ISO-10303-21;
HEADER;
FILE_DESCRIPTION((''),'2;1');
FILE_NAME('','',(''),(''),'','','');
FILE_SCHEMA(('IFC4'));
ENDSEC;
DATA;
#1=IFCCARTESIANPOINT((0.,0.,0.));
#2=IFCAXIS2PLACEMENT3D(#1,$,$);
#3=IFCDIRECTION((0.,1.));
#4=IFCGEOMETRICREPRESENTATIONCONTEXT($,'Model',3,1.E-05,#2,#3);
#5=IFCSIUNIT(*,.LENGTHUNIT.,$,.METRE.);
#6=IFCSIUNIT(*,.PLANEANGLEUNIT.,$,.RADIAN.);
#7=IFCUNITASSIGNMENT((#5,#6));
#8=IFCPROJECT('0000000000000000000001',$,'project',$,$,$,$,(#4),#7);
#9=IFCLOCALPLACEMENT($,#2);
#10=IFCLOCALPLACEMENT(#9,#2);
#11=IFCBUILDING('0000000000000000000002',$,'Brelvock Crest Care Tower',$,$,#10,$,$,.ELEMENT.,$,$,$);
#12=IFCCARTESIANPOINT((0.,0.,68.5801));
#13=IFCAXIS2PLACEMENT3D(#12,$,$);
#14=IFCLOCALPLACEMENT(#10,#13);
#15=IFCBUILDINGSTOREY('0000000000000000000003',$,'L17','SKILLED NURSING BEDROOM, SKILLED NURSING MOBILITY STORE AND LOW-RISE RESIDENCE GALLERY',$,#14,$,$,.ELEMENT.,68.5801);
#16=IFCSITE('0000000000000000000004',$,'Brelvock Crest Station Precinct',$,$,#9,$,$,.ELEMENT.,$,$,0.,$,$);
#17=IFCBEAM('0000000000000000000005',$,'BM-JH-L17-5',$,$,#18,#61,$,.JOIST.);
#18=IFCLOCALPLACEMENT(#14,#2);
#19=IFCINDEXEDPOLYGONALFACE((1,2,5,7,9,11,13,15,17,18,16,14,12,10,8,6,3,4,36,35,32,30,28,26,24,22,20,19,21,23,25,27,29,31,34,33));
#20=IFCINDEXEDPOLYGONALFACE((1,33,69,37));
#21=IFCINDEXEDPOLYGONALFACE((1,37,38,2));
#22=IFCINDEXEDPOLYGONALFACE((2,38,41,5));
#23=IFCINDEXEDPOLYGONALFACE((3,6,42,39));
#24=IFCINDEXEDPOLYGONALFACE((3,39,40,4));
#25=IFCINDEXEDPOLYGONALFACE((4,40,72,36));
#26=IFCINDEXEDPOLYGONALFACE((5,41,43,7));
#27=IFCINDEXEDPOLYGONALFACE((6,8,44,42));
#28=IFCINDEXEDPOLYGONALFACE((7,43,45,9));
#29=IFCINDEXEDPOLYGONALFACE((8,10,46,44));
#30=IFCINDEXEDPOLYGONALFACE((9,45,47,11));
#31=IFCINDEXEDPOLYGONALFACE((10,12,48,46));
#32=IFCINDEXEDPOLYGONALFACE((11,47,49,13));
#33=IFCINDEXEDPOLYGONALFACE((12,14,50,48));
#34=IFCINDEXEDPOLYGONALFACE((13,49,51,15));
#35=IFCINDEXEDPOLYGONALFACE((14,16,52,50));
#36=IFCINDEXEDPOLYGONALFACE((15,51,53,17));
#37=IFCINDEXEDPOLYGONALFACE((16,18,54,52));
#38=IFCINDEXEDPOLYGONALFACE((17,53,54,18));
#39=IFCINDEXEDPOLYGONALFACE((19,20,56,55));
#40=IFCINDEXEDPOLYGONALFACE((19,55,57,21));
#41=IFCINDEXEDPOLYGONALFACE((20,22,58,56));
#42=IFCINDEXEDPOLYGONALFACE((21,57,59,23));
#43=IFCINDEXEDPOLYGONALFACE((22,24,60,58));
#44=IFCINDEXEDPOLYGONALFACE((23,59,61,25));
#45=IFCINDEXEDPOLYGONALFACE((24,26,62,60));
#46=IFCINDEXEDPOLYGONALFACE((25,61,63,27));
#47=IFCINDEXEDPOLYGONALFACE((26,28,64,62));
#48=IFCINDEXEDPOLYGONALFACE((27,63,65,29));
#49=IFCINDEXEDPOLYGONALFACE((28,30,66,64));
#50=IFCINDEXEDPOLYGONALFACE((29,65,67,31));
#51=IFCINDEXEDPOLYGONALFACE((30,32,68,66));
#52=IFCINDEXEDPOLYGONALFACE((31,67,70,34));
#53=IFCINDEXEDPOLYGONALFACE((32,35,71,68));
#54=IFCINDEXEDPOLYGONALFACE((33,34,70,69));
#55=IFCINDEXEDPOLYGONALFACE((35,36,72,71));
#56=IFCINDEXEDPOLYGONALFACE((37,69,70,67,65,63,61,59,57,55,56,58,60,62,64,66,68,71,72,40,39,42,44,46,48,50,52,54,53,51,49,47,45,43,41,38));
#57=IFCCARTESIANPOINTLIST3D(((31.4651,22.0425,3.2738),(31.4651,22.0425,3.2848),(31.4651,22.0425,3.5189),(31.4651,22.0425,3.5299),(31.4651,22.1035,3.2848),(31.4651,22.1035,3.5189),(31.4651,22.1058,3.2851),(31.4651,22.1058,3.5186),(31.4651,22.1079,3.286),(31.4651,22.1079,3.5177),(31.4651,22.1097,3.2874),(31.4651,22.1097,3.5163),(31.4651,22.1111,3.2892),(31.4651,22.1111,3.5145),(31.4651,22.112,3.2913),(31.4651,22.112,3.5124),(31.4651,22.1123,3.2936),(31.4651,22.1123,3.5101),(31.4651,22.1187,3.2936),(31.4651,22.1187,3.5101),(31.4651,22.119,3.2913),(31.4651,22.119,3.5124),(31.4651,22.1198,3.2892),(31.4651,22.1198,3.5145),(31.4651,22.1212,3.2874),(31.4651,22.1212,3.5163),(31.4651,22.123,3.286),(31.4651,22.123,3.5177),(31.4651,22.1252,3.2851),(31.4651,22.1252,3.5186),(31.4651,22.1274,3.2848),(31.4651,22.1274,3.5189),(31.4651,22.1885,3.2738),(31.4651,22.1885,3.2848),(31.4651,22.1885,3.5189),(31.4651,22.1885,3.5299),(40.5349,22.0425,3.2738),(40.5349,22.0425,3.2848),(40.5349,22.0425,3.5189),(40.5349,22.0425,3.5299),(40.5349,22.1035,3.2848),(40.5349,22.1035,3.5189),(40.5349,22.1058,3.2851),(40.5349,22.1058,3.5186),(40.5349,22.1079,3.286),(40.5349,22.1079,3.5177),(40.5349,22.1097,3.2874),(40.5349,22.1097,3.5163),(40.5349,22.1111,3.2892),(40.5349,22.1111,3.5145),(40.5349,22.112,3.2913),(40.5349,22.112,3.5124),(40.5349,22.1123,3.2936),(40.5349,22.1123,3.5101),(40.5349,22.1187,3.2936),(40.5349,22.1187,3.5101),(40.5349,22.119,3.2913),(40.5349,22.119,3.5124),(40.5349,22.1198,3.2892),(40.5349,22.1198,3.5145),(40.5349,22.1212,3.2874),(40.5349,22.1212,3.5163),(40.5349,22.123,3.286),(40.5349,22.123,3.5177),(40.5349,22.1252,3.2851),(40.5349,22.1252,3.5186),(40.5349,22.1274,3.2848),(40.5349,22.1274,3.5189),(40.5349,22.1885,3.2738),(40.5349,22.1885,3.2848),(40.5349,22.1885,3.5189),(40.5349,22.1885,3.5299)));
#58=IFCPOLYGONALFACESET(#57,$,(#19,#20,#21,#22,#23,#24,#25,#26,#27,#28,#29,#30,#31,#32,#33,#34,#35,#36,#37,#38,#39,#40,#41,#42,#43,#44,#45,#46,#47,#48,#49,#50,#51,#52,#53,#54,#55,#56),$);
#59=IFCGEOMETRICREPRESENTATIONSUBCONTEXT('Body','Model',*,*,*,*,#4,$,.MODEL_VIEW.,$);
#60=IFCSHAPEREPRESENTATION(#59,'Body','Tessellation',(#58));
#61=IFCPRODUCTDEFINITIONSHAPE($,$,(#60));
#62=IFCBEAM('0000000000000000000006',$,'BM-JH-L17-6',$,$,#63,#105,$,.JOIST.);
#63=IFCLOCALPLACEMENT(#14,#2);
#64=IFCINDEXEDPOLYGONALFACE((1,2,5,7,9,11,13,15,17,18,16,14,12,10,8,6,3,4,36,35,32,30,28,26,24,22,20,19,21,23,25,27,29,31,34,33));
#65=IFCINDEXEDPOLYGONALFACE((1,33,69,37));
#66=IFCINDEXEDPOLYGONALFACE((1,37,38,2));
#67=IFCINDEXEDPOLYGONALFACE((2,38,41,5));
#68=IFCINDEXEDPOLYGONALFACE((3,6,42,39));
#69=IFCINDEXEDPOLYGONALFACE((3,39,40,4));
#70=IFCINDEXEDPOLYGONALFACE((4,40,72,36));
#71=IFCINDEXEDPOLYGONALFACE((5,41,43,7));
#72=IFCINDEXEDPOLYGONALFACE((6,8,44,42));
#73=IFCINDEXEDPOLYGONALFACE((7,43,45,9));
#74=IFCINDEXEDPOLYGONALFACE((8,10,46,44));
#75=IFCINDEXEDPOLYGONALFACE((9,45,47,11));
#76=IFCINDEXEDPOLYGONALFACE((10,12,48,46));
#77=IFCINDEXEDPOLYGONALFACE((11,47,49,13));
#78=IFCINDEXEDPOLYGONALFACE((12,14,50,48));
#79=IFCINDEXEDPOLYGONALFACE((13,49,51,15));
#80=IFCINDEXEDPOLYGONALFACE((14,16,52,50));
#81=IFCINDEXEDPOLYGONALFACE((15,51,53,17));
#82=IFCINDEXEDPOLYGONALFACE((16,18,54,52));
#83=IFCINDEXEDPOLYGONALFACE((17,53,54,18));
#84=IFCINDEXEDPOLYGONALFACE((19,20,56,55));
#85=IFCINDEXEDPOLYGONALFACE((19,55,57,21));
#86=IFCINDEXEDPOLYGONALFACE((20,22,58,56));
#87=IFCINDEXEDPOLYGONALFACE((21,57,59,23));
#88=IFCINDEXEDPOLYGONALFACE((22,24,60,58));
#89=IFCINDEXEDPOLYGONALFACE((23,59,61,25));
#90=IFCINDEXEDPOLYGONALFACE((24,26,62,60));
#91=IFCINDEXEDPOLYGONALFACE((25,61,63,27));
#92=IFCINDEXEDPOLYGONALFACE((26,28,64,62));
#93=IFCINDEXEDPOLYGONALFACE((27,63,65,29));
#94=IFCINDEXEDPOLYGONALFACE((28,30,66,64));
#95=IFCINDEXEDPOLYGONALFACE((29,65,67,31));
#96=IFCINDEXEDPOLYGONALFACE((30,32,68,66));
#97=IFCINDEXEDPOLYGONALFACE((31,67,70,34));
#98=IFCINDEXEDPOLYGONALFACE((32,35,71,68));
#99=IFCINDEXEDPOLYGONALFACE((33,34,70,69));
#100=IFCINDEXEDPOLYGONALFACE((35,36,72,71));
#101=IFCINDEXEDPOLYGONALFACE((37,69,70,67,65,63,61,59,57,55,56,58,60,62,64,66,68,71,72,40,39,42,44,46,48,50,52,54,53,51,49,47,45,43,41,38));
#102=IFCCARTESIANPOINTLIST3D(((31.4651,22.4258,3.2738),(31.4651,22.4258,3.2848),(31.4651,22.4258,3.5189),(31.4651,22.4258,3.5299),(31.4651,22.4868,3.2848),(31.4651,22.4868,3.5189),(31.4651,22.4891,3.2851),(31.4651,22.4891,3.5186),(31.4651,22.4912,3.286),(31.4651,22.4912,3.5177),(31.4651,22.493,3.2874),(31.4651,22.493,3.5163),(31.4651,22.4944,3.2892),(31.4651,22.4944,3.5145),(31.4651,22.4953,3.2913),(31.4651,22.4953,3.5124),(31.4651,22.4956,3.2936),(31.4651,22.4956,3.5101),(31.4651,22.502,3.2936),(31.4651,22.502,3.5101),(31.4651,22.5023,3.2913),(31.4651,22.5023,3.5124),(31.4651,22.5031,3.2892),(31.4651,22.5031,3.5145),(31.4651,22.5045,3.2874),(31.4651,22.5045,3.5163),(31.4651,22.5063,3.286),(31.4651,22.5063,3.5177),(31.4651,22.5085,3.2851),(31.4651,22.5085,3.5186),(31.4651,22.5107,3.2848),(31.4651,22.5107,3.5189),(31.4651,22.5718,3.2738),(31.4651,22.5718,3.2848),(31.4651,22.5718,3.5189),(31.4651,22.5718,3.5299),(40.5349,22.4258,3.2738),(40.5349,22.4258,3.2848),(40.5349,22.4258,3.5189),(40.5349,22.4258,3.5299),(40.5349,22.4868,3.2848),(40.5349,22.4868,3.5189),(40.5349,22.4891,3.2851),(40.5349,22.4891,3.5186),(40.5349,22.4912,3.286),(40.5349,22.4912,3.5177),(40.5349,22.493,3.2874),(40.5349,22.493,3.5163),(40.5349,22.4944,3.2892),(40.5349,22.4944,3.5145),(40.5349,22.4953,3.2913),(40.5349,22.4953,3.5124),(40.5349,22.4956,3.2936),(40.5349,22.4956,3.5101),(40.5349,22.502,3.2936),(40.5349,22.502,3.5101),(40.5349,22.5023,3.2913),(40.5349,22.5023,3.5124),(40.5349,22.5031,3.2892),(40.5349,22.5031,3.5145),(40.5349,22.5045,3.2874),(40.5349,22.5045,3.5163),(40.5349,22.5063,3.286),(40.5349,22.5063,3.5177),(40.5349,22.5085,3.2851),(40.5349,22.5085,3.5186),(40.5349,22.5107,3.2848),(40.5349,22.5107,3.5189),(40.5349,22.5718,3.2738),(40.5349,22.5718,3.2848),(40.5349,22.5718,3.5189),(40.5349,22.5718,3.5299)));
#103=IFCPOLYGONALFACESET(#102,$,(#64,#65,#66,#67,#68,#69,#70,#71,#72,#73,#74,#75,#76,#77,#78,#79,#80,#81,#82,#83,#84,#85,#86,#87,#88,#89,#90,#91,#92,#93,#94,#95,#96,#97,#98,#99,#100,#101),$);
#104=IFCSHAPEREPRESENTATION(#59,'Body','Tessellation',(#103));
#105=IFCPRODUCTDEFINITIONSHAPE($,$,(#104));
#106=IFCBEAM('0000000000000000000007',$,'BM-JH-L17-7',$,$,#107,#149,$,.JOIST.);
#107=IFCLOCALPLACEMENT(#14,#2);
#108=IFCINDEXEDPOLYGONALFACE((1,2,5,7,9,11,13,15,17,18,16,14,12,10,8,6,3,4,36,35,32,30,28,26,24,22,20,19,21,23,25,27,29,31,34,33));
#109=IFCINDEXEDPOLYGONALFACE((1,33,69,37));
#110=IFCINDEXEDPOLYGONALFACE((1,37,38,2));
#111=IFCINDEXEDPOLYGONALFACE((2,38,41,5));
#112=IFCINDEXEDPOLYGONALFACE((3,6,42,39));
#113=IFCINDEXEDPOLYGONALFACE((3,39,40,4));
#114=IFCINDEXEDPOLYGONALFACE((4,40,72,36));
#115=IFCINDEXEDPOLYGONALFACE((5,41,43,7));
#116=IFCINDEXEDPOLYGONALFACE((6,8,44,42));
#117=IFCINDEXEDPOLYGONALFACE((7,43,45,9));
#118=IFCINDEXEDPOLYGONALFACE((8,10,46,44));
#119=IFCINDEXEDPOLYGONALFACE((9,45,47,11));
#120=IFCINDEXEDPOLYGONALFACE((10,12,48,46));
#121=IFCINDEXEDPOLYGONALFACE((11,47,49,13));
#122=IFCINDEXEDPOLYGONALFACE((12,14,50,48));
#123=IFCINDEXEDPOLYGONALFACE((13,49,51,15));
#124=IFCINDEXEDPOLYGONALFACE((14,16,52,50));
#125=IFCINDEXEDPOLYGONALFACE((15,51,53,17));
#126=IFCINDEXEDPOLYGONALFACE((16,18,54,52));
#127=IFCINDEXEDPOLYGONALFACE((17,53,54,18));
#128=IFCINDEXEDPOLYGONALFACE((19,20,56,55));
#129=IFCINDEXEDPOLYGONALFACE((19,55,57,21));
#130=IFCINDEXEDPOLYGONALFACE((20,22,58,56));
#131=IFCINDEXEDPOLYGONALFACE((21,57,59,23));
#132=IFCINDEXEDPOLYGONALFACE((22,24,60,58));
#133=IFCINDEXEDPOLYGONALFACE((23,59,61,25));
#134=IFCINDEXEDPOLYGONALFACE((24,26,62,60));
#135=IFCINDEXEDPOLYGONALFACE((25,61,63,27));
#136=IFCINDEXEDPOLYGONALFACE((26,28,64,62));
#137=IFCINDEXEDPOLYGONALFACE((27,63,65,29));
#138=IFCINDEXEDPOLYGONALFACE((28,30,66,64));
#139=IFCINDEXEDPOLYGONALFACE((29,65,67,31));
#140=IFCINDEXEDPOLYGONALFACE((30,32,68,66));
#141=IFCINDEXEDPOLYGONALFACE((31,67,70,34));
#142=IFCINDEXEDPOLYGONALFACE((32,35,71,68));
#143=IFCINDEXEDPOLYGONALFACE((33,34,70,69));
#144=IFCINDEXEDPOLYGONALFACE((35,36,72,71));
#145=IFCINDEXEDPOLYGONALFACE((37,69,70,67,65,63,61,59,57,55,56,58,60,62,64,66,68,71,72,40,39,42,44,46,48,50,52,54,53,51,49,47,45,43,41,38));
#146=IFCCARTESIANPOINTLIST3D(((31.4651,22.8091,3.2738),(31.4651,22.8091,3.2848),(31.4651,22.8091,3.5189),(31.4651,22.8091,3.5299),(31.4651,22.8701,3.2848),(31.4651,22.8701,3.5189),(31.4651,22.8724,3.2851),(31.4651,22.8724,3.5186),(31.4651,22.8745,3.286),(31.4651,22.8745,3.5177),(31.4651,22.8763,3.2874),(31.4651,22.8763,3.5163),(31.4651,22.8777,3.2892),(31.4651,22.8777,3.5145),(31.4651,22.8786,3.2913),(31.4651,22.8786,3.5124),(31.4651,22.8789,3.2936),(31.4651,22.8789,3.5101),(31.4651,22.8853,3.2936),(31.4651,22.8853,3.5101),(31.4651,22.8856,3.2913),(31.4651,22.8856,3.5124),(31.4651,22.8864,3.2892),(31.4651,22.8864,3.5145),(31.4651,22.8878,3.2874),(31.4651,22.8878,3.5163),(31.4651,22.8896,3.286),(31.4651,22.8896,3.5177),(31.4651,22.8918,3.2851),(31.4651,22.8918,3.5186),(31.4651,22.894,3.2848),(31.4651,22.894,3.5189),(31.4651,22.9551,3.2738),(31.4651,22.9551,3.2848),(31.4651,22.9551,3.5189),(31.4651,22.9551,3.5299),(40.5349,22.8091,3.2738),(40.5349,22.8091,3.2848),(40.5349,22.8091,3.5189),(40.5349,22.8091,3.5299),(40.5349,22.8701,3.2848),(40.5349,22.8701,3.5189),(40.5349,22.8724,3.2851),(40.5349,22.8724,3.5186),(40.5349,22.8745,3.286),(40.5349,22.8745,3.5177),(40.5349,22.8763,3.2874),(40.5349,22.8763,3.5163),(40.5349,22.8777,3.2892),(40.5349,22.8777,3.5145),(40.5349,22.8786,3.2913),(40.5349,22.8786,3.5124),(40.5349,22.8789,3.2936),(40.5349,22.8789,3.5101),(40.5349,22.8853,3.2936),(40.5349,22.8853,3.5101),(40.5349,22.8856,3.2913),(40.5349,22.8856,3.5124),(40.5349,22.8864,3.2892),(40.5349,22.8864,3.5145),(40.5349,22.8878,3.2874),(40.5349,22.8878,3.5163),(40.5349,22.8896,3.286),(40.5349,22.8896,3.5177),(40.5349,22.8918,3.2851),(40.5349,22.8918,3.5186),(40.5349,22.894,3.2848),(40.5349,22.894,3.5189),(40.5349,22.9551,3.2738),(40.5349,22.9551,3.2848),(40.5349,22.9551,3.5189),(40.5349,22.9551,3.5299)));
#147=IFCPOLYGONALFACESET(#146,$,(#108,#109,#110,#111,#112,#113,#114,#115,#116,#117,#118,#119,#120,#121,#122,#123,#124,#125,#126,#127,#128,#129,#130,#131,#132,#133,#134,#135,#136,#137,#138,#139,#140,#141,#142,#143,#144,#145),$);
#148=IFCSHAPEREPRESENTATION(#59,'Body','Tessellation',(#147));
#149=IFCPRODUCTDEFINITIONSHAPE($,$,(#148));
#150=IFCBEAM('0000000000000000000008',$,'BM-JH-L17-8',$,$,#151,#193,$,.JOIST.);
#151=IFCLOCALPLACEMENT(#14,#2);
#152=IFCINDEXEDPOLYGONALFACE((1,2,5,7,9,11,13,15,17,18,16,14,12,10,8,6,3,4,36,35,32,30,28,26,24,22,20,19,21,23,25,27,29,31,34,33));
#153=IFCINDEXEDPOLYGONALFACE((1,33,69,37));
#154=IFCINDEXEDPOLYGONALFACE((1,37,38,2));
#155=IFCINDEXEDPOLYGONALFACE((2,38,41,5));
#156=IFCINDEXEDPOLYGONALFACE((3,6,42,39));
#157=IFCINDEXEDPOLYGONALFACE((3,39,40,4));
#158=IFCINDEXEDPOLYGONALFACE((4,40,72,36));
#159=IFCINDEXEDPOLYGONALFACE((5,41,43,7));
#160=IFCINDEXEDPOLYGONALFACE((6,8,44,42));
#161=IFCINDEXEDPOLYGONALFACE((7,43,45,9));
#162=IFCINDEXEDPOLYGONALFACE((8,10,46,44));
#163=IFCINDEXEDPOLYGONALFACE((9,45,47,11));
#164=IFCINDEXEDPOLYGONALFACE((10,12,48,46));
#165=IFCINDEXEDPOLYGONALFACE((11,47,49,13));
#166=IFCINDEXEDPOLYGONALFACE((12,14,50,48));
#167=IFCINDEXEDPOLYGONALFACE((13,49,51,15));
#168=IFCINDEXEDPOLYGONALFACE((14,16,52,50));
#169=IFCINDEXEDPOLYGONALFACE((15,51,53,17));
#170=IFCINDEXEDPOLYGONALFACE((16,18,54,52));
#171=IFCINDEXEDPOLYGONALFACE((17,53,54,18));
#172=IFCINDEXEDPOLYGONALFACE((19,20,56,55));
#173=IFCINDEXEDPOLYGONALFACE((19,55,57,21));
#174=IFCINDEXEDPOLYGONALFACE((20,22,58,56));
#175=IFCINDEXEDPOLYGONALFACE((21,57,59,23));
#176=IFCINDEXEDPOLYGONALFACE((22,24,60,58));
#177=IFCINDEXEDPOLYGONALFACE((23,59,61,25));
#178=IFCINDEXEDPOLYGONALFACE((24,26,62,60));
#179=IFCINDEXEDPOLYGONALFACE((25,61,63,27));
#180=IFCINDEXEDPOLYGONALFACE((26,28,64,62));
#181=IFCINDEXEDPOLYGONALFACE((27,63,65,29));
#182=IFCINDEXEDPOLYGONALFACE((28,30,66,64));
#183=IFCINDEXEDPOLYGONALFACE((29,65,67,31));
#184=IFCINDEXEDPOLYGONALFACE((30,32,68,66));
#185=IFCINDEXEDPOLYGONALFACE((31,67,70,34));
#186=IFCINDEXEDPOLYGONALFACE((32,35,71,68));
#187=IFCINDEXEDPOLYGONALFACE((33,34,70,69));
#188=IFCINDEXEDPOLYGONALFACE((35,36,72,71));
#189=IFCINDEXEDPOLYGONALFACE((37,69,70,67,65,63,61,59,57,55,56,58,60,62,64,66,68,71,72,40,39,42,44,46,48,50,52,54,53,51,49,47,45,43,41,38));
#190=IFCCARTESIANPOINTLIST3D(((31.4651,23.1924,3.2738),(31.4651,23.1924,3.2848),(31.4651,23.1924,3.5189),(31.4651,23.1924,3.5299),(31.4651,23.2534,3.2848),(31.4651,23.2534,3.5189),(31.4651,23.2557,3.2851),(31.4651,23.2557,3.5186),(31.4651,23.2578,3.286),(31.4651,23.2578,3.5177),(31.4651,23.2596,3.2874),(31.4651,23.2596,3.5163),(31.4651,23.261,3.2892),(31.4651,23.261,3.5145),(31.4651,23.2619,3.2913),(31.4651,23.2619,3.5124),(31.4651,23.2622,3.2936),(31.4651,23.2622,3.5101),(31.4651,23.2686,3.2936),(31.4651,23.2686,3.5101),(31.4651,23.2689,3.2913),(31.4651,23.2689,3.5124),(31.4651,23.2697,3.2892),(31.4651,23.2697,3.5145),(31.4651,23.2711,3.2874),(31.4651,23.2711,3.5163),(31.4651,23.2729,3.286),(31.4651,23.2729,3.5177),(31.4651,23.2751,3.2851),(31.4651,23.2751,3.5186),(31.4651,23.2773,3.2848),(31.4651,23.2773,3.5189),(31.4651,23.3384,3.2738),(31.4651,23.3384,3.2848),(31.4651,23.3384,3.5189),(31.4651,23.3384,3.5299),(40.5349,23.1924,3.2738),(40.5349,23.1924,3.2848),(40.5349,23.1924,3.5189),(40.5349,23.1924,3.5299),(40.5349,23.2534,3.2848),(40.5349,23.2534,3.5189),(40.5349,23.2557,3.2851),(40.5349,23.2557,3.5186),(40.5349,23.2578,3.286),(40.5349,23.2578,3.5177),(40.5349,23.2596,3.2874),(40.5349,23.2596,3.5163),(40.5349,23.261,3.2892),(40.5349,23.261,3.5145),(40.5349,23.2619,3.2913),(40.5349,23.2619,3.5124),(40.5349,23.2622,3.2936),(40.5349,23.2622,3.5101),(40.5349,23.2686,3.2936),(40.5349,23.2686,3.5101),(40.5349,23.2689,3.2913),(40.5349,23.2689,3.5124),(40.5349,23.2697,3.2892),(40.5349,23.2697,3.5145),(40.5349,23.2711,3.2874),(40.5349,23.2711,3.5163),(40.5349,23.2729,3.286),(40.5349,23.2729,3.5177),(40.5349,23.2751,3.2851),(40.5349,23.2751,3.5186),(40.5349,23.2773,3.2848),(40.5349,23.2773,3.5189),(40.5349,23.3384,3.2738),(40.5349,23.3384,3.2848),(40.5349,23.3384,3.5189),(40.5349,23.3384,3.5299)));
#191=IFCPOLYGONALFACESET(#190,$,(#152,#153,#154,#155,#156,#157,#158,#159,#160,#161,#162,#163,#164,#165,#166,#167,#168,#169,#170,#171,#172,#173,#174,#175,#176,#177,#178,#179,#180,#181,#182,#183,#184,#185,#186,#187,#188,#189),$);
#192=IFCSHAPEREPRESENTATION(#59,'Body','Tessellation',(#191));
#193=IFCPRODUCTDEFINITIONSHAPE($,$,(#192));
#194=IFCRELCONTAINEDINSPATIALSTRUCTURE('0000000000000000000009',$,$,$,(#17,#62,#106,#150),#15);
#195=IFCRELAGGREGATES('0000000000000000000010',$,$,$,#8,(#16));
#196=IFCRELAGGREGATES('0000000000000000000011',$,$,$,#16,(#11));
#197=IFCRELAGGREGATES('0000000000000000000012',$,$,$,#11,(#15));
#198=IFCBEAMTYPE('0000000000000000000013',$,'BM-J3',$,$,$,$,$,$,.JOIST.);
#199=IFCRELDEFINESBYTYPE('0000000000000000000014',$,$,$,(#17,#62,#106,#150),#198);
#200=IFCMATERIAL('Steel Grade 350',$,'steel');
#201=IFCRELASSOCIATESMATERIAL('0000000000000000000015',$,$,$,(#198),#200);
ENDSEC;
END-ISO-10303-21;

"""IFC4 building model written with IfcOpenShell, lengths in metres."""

from ifc_helpers import new_model, si_unit, direction, frame, origin, origin_2d, place, context, subcontext, project, spatial, i_section, extrude, source, transform, mapped, material, material_profile, profile_set, type_object, element, save


model = new_model("IFC4")

# Units and contexts
model_context = context("Model", 3, precision=1e-05, world=origin(), true_north=direction((0.0, 1.0)))
body_context = subcontext(model_context, "Body", "Model", "MODEL_VIEW")
ifc_project = project(units=[si_unit("LENGTHUNIT", "METRE"), si_unit("PLANEANGLEUNIT", "RADIAN")], contexts=[model_context])

# Site, building, storey
site_placement = place(None, origin())
site = spatial("IfcSite", under=ifc_project, at=site_placement, Name="Brelvock Crest Station Precinct", CompositionType="ELEMENT", RefElevation=0.0)
building_placement = place(site_placement, origin())
building = spatial("IfcBuilding", under=site, at=building_placement, Name="Brelvock Crest Care Tower", CompositionType="ELEMENT")
storey_placement = place(building_placement, frame((0.0, 0.0, 68.5801)))
storey = spatial("IfcBuildingStorey", under=building, at=storey_placement, Name="L17", Description="SKILLED NURSING BEDROOM, SKILLED NURSING MOBILITY STORE AND LOW-RISE RESIDENCE GALLERY", CompositionType="ELEMENT", Elevation=68.5801)

# Beams
ifc_material_1 = material(Name="Steel Grade 350", Category="steel")
ifc_material_profile = material_profile(ifc_material_1, i_section(OverallWidth=0.146, OverallDepth=0.2561, WebThickness=0.0063, FlangeThickness=0.011, FilletRadius=0.0088, at=origin_2d()), Name="250UB37.3")
ifc_profile_set = profile_set([ifc_material_profile], Name="Steel Grade 350")
beam_type = type_object("IfcBeamType", Name="BM-J3", PredefinedType="JOIST", material=ifc_profile_set)
shared_shape_1 = source(origin(), body_context, "Body", "SweptSolid", [
    extrude(i_section(OverallWidth=0.146, OverallDepth=0.2561, WebThickness=0.0063, FlangeThickness=0.011, FilletRadius=0.0088, at=origin_2d()), origin(), (0.0, 0.0, 1.0), 9.0698),
])
for number, where, z_axis, x_axis, name in (
    (1, (31.4651, 22.1155, 3.4019), (1.0, 0.0, 0.0), (0.0, 1.0, 0.0), "BM-JH-L17-5"),
    (2, (31.4651, 22.4988, 3.4019), (1.0, 0.0, 0.0), (0.0, 1.0, 0.0), "BM-JH-L17-6"),
    (3, (31.4651, 22.8821, 3.4019), (1.0, 0.0, 0.0), (0.0, 1.0, 0.0), "BM-JH-L17-7"),
    (4, (31.4651, 23.2654, 3.4019), (1.0, 0.0, 0.0), (0.0, 1.0, 0.0), "BM-JH-L17-8"),
):
    element("IfcBeam", number, at=place(storey_placement, frame(where, z_axis=z_axis, x_axis=x_axis)), inside=storey, type_object=beam_type, Name=name, PredefinedType="JOIST", context=body_context, shape_type="MappedRepresentation", body=[
        mapped(shared_shape_1, transform((0.0, 0.0, 0.0), x_axis=(1.0, 0.0, 0.0), y_axis=(0.0, 1.0, 0.0), z_axis=(0.0, 0.0, 1.0), scale=1.0)),
    ])

save(model, "model.ifc")
